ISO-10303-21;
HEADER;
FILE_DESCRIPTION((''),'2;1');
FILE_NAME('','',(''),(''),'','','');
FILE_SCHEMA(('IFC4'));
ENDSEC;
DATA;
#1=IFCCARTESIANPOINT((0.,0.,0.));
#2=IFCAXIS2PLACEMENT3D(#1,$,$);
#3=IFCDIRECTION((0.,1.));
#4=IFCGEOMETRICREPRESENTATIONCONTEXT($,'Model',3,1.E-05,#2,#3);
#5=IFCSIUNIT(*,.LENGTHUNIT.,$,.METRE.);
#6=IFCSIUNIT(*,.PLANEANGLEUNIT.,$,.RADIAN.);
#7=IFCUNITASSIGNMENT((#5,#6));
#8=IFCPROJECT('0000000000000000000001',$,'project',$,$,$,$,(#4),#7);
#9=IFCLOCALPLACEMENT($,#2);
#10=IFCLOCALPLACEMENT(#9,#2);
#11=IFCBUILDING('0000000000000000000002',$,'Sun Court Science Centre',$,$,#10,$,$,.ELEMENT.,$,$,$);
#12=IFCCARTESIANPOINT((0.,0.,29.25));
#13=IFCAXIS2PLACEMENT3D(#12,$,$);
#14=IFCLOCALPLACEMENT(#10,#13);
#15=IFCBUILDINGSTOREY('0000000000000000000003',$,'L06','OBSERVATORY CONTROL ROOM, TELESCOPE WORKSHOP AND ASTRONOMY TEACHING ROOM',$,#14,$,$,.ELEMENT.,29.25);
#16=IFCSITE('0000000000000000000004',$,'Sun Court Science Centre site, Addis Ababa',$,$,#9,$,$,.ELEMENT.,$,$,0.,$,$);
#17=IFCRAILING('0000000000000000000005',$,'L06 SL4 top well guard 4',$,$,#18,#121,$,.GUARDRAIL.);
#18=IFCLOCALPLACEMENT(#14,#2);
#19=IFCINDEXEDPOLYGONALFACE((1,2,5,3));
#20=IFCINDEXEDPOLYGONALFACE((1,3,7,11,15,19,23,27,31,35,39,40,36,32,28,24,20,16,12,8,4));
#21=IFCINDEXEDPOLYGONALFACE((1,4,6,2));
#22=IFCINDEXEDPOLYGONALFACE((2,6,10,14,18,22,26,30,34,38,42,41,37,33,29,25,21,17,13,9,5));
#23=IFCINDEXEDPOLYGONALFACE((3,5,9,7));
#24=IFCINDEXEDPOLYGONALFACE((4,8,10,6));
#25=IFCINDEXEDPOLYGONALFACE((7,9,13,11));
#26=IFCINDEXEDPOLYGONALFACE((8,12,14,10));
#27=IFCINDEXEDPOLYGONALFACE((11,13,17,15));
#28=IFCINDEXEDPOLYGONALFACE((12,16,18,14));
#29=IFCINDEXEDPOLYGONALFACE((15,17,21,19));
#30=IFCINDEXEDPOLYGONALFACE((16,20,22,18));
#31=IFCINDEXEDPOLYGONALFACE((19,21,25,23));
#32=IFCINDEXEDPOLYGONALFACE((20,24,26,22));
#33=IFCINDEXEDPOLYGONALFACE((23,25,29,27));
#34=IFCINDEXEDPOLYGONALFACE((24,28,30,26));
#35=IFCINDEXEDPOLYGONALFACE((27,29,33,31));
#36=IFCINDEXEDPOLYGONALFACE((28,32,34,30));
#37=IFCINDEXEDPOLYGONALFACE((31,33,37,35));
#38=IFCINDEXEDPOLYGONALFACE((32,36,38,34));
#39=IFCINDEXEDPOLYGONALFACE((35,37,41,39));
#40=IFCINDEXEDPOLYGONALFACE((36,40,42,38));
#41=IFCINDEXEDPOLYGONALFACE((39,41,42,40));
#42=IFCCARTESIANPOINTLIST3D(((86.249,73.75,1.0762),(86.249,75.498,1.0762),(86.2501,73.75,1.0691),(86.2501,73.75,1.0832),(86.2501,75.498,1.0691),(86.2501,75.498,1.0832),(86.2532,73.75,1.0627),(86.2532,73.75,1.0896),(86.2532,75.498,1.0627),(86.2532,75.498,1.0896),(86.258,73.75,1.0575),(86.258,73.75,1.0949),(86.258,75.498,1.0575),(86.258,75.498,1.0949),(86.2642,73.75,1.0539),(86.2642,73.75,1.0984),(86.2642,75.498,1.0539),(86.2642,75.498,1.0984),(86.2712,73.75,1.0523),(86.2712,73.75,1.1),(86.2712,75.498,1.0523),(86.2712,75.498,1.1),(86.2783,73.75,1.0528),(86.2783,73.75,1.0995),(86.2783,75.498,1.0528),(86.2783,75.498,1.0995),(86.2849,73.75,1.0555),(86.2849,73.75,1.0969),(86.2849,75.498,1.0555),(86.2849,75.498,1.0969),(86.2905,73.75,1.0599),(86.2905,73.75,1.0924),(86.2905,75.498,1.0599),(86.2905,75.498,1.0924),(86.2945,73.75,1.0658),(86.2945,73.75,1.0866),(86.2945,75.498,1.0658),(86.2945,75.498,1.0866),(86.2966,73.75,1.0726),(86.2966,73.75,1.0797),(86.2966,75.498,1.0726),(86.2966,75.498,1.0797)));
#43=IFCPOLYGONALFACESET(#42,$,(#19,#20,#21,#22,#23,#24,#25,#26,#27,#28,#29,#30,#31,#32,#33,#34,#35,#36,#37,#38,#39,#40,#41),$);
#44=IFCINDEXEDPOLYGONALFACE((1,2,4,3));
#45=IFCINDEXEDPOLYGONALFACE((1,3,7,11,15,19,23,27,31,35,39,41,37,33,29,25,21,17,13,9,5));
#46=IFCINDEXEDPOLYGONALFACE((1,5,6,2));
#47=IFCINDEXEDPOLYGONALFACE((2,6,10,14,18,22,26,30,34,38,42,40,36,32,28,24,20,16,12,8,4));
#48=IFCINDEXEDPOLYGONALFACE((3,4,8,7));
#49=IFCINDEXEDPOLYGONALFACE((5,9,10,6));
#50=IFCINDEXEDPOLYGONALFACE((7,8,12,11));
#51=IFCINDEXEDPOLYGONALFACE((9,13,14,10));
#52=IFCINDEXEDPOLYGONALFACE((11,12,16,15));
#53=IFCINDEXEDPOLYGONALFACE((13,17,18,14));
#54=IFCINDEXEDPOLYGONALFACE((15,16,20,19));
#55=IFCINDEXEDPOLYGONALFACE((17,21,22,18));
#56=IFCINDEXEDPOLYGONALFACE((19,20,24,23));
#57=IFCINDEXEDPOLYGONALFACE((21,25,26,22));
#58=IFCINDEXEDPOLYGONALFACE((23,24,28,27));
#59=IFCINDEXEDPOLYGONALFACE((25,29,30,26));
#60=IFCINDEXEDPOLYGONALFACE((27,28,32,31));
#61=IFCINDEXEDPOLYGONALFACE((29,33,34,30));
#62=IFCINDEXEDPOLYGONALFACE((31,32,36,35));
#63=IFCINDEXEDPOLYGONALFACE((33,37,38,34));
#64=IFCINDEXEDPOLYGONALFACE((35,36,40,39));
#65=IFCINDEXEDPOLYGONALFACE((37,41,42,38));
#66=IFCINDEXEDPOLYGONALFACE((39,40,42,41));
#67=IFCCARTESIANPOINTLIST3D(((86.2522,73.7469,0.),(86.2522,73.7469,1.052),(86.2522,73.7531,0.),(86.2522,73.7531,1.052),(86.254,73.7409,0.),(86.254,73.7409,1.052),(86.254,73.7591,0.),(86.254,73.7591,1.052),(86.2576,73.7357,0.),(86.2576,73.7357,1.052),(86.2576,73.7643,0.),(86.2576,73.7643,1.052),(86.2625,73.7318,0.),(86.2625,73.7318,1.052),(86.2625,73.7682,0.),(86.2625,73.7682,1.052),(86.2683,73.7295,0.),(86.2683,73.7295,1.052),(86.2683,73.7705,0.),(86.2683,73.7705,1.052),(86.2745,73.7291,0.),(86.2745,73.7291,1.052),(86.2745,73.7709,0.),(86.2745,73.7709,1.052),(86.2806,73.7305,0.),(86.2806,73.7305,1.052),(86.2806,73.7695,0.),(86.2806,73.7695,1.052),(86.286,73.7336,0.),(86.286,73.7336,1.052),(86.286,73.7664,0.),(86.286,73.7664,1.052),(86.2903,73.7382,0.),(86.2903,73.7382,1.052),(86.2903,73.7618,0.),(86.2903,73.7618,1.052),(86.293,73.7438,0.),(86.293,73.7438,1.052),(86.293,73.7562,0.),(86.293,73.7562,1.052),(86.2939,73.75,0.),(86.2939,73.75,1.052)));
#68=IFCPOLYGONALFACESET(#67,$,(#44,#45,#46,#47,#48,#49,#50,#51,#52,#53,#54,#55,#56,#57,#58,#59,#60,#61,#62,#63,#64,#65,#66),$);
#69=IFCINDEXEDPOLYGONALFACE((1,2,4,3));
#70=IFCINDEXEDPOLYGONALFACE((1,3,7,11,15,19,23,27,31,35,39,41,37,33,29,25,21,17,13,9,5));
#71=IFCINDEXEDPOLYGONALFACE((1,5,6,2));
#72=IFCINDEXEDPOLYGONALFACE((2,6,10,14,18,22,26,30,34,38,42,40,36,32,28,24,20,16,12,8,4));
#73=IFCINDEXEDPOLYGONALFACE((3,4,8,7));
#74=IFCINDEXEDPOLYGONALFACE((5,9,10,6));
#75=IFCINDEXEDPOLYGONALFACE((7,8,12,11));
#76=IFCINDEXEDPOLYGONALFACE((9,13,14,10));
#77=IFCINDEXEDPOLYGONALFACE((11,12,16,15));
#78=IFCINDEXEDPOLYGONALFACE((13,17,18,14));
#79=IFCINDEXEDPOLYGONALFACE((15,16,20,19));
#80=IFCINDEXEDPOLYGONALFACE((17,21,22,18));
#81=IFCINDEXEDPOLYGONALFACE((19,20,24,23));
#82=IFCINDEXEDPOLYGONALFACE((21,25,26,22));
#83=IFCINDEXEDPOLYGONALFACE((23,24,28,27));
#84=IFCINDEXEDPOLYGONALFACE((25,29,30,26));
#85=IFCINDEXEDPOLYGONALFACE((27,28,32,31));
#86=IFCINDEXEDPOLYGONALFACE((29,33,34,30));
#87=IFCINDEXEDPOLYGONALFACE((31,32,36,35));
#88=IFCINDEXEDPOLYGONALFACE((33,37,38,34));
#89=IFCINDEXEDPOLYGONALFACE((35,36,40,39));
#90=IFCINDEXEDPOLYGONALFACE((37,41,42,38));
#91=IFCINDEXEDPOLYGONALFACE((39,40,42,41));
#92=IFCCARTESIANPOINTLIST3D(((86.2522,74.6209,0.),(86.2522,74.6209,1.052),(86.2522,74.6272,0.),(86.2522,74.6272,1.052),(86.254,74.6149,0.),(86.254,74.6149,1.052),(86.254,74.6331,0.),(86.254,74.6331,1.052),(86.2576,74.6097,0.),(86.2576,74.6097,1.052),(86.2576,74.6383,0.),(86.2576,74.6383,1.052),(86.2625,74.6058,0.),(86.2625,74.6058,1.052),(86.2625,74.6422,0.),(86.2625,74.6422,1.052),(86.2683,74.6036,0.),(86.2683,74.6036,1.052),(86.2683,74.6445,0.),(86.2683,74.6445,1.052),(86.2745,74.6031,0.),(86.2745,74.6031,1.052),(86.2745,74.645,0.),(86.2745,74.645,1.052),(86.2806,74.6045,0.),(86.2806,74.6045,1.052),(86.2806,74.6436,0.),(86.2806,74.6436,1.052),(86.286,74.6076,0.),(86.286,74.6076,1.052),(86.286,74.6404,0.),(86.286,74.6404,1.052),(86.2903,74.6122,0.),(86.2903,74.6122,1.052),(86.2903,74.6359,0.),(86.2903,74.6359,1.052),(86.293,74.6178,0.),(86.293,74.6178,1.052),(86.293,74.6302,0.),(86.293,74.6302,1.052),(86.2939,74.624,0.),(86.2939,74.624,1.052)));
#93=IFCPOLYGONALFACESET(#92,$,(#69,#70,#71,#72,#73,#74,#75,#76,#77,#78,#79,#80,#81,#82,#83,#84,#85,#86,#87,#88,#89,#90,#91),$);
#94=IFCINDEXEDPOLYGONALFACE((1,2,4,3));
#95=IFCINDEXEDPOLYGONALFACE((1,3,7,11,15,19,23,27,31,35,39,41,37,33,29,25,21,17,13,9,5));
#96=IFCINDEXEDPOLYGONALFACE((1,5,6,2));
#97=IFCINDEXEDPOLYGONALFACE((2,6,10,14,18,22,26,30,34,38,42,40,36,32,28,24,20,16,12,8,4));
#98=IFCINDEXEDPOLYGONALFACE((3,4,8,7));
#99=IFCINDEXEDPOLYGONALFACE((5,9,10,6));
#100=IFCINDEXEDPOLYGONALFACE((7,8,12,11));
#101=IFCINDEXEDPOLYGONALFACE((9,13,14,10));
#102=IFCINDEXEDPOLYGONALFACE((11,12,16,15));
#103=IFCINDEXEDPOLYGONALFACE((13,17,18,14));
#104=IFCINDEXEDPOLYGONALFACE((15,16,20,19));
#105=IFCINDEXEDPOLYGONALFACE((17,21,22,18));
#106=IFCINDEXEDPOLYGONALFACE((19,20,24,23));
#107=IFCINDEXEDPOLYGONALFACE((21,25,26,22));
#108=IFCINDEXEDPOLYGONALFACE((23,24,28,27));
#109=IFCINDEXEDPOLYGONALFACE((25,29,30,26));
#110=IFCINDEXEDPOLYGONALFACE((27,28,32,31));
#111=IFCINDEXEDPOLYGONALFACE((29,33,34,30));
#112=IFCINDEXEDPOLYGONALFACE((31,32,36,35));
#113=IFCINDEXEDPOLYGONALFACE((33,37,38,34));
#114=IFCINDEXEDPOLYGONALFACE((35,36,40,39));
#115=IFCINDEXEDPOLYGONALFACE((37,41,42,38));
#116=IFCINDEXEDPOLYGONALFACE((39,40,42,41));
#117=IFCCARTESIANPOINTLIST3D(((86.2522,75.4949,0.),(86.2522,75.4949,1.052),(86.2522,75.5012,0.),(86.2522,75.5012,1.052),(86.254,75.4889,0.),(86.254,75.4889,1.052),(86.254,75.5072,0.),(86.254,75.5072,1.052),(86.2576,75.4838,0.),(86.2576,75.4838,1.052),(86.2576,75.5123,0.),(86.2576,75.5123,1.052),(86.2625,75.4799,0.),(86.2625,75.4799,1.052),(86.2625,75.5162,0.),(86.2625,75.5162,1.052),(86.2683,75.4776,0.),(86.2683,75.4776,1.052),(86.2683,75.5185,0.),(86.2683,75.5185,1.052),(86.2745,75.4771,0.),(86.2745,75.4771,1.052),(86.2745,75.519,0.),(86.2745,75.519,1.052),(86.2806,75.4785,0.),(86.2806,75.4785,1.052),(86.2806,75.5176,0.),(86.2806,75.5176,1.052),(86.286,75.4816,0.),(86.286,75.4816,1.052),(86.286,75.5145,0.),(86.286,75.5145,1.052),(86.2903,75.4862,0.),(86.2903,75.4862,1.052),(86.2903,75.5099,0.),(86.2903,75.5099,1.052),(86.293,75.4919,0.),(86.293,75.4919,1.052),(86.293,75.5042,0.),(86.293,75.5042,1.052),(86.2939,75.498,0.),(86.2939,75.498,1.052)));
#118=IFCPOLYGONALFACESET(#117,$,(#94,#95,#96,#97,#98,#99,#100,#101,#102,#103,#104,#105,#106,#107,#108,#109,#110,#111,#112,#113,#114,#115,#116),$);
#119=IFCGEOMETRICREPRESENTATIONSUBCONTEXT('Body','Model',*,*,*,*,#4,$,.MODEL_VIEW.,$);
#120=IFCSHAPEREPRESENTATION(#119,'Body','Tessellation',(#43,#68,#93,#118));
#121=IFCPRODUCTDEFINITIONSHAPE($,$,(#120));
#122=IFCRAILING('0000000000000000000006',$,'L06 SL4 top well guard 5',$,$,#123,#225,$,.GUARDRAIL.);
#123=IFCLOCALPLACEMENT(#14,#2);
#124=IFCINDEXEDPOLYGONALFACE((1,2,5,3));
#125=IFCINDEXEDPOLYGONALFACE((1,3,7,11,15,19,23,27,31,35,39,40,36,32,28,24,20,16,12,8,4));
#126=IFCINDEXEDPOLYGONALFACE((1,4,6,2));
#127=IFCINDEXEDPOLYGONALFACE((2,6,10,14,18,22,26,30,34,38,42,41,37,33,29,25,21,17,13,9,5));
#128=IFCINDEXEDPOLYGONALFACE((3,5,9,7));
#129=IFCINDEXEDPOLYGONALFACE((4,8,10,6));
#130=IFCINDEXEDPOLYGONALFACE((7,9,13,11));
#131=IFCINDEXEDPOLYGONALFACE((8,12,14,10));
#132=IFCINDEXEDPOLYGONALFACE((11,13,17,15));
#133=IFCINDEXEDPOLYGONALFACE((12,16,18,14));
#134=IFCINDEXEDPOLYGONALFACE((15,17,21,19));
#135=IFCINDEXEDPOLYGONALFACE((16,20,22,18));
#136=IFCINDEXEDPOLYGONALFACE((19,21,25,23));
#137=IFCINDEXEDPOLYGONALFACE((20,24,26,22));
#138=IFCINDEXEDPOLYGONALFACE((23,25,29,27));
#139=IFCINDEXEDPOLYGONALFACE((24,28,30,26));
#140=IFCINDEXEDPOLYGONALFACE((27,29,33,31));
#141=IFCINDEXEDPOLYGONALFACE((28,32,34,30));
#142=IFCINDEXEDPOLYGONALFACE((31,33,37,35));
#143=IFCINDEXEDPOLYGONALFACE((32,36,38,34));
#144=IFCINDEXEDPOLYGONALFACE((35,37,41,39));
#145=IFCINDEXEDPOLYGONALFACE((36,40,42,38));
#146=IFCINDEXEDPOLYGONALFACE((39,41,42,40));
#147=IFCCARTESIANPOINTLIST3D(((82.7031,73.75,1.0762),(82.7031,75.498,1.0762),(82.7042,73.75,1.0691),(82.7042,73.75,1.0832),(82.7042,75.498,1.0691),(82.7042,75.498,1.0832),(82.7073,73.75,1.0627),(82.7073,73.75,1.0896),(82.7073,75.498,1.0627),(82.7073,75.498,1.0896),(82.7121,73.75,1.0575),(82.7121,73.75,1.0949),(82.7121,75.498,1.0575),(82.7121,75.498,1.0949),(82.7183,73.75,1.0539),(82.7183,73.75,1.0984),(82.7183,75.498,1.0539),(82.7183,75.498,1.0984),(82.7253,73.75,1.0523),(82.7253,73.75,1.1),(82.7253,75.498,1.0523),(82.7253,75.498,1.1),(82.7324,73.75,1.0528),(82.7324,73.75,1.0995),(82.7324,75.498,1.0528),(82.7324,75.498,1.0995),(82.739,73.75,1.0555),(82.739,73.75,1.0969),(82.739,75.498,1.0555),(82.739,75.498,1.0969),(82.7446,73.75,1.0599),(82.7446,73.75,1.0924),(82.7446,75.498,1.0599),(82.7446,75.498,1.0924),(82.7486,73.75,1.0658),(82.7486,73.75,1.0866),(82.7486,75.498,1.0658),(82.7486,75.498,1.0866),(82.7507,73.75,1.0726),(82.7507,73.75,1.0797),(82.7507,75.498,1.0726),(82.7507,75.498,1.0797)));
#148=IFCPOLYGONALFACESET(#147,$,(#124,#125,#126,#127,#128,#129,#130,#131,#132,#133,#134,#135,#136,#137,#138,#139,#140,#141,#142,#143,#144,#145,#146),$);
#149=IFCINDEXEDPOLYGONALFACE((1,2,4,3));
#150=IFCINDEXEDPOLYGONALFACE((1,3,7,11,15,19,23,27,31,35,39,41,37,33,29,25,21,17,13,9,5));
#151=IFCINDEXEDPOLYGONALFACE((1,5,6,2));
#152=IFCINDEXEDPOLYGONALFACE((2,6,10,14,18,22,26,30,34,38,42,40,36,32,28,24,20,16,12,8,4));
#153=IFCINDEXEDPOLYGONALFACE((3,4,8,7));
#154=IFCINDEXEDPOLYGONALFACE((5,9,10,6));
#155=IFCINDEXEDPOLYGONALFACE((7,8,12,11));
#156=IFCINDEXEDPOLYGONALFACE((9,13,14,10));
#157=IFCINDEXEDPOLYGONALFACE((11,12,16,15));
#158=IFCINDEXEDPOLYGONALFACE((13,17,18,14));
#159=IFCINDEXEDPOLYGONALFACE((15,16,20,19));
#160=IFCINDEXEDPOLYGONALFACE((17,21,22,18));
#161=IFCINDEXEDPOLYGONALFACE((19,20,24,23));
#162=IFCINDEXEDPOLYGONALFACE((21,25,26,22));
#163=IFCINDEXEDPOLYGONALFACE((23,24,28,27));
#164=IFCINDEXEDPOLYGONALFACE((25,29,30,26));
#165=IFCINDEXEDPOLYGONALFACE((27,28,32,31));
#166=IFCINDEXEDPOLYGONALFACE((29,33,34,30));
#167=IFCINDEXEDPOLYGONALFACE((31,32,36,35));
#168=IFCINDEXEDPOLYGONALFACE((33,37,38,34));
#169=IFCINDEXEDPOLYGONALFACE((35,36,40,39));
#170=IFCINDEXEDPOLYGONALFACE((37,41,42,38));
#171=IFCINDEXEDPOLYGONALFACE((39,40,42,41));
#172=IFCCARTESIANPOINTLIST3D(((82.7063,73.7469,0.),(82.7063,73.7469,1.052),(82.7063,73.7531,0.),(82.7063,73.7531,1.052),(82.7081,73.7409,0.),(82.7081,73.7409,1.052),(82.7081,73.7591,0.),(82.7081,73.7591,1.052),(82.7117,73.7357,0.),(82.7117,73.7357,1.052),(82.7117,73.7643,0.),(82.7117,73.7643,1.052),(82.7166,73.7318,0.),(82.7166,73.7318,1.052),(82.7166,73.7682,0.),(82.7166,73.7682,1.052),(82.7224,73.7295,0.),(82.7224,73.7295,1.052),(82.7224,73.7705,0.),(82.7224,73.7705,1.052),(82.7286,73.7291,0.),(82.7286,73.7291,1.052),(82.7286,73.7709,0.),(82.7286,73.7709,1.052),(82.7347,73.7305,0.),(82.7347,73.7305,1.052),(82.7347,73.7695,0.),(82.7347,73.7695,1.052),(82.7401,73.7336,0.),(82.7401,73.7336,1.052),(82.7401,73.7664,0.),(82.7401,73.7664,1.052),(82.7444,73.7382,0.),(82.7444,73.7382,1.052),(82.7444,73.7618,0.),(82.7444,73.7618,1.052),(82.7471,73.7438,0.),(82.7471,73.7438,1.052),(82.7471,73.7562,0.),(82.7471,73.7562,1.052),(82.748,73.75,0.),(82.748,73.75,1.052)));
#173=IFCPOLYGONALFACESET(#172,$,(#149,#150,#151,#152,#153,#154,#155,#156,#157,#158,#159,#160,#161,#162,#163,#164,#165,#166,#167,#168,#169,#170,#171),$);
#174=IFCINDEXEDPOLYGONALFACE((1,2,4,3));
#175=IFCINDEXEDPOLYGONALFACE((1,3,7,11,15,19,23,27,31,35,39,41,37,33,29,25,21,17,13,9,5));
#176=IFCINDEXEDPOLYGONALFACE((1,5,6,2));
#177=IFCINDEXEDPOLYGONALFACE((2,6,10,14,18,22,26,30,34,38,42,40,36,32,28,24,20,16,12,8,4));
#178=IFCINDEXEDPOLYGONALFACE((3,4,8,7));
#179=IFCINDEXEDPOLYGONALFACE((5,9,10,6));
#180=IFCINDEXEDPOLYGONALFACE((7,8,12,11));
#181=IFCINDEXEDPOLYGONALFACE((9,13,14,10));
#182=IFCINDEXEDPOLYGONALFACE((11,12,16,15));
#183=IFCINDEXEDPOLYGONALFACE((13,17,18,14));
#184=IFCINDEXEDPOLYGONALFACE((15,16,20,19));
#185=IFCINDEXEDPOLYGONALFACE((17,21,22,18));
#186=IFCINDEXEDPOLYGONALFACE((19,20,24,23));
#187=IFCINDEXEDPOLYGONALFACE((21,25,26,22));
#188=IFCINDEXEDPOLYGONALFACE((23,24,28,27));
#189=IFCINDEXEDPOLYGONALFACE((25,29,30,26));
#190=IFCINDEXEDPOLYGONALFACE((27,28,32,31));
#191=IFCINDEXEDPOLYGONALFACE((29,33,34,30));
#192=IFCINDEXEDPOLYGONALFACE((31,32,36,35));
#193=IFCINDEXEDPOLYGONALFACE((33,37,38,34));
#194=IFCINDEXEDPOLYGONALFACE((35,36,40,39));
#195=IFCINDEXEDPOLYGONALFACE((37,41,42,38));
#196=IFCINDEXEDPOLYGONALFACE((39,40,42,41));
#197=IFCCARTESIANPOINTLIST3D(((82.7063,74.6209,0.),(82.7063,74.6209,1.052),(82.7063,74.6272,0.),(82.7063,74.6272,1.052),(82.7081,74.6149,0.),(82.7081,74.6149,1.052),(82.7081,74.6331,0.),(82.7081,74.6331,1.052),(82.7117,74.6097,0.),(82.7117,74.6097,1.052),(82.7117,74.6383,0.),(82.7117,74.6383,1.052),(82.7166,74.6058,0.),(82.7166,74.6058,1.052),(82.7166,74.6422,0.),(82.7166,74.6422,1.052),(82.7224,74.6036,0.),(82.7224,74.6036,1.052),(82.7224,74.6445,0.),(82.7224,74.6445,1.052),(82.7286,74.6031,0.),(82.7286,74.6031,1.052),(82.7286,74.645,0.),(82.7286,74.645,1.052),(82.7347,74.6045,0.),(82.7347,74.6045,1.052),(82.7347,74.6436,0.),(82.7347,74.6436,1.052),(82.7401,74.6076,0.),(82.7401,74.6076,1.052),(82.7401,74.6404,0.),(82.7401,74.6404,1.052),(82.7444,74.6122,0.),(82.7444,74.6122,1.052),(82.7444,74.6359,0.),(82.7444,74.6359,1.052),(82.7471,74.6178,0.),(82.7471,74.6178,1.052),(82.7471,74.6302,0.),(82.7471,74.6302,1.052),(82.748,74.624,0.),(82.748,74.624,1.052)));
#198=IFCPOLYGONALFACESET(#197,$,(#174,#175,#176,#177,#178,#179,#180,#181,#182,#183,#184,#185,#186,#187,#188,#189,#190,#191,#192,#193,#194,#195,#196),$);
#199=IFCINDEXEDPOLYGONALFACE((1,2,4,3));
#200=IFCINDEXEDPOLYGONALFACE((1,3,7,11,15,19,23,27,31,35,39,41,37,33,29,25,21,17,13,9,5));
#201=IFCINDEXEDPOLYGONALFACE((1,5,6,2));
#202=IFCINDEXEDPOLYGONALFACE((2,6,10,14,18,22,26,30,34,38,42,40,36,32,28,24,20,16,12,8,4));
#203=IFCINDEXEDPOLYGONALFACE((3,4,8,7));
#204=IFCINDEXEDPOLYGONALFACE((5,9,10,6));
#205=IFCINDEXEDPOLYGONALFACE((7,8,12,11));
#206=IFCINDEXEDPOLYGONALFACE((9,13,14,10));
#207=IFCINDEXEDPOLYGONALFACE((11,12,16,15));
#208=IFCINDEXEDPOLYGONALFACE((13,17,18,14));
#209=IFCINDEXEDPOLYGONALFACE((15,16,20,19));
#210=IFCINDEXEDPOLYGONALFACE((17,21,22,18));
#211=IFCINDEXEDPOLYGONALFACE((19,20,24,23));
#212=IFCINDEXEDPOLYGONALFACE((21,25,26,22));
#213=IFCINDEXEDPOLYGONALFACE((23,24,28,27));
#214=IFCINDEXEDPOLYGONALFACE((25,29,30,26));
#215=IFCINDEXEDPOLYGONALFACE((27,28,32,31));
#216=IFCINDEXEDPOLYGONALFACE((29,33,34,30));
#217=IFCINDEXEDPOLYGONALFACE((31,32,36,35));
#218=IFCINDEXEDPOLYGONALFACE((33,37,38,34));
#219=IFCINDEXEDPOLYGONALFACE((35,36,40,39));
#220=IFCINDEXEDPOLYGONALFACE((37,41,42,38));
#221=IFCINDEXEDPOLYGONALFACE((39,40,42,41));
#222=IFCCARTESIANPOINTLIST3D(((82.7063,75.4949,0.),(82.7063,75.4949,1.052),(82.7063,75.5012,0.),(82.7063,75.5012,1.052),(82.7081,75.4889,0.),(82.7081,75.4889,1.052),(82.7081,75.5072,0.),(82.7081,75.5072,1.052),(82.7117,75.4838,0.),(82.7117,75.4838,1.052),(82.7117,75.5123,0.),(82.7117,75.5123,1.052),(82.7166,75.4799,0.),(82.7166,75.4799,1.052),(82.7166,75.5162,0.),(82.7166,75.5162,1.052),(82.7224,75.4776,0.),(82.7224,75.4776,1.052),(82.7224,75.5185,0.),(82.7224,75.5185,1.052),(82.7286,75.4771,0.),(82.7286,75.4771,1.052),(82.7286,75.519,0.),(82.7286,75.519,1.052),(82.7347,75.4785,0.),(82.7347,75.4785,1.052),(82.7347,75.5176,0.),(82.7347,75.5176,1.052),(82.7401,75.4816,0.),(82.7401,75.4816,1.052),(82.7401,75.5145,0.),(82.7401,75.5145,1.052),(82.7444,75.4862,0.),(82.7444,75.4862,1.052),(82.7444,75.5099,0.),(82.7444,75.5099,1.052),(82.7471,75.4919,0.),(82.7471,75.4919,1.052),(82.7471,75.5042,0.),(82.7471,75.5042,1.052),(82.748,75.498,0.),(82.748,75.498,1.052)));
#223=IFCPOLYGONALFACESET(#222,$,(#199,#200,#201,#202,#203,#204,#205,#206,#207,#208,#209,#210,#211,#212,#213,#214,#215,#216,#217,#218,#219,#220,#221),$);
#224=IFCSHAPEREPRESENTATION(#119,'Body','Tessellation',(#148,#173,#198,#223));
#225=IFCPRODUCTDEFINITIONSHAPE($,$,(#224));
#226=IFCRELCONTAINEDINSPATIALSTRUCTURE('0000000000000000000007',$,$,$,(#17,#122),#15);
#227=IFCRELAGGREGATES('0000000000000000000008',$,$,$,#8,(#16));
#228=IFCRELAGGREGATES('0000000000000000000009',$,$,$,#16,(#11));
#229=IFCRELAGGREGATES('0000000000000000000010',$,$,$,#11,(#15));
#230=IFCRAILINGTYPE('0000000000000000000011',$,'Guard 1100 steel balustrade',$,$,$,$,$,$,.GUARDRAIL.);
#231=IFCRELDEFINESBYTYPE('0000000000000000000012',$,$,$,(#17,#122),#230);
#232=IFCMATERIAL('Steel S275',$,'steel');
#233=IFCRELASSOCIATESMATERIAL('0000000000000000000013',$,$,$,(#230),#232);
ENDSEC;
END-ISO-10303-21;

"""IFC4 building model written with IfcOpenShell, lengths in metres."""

from ifc_helpers import new_model, si_unit, direction, frame, origin, origin_2d, place, context, subcontext, project, spatial, circle, extrude, material, type_object, element, save


model = new_model("IFC4")

# Units and contexts
model_context = context("Model", 3, precision=1e-05, world=origin(), true_north=direction((0.0, 1.0)))
body_context = subcontext(model_context, "Body", "Model", "MODEL_VIEW")
ifc_project = project(units=[si_unit("LENGTHUNIT", "METRE"), si_unit("PLANEANGLEUNIT", "RADIAN")], contexts=[model_context])

# Site, building, storey
site_placement = place(None, origin())
site = spatial("IfcSite", under=ifc_project, at=site_placement, Name="Sun Court Science Centre site, Addis Ababa", CompositionType="ELEMENT", RefElevation=0.0)
building_placement = place(site_placement, origin())
building = spatial("IfcBuilding", under=site, at=building_placement, Name="Sun Court Science Centre", CompositionType="ELEMENT")
storey_placement = place(building_placement, frame((0.0, 0.0, 29.25)))
storey = spatial("IfcBuildingStorey", under=building, at=storey_placement, Name="L06", Description="OBSERVATORY CONTROL ROOM, TELESCOPE WORKSHOP AND ASTRONOMY TEACHING ROOM", CompositionType="ELEMENT", Elevation=29.25)

# Railings
ifc_material_1 = material(Name="Steel S275", Category="steel")
railing_type = type_object("IfcRailingType", Name="Guard 1100 steel balustrade", PredefinedType="GUARDRAIL", material=ifc_material_1)
for number, where, name in (
    (1, (86.2729, 73.75, 0.0), "L06 SL4 top well guard 4"),
    (2, (82.7271, 73.75, 0.0), "L06 SL4 top well guard 5"),
):
    element("IfcRailing", number, at=place(storey_placement, frame(where)), inside=storey, type_object=railing_type, Name=name, PredefinedType="GUARDRAIL", context=body_context, shape_type="SweptSolid", body=[
        extrude(circle(Radius=0.0239, at=origin_2d()), frame((0.0, 0.0, 1.0762), z_axis=(0.0, 1.0, 0.0), x_axis=(-1.0, 0.0, 0.0)), (0.0, 0.0, 1.0), 1.748),
        extrude(circle(Radius=0.021, at=origin_2d()), origin(), (0.0, 0.0, 1.0), 1.052),
        extrude(circle(Radius=0.021, at=origin_2d()), frame((0.0, 0.874, 0.0)), (0.0, 0.0, 1.0), 1.052),
        extrude(circle(Radius=0.021, at=origin_2d()), frame((0.0, 1.748, 0.0)), (0.0, 0.0, 1.0), 1.052),
    ])

save(model, "model.ifc")
